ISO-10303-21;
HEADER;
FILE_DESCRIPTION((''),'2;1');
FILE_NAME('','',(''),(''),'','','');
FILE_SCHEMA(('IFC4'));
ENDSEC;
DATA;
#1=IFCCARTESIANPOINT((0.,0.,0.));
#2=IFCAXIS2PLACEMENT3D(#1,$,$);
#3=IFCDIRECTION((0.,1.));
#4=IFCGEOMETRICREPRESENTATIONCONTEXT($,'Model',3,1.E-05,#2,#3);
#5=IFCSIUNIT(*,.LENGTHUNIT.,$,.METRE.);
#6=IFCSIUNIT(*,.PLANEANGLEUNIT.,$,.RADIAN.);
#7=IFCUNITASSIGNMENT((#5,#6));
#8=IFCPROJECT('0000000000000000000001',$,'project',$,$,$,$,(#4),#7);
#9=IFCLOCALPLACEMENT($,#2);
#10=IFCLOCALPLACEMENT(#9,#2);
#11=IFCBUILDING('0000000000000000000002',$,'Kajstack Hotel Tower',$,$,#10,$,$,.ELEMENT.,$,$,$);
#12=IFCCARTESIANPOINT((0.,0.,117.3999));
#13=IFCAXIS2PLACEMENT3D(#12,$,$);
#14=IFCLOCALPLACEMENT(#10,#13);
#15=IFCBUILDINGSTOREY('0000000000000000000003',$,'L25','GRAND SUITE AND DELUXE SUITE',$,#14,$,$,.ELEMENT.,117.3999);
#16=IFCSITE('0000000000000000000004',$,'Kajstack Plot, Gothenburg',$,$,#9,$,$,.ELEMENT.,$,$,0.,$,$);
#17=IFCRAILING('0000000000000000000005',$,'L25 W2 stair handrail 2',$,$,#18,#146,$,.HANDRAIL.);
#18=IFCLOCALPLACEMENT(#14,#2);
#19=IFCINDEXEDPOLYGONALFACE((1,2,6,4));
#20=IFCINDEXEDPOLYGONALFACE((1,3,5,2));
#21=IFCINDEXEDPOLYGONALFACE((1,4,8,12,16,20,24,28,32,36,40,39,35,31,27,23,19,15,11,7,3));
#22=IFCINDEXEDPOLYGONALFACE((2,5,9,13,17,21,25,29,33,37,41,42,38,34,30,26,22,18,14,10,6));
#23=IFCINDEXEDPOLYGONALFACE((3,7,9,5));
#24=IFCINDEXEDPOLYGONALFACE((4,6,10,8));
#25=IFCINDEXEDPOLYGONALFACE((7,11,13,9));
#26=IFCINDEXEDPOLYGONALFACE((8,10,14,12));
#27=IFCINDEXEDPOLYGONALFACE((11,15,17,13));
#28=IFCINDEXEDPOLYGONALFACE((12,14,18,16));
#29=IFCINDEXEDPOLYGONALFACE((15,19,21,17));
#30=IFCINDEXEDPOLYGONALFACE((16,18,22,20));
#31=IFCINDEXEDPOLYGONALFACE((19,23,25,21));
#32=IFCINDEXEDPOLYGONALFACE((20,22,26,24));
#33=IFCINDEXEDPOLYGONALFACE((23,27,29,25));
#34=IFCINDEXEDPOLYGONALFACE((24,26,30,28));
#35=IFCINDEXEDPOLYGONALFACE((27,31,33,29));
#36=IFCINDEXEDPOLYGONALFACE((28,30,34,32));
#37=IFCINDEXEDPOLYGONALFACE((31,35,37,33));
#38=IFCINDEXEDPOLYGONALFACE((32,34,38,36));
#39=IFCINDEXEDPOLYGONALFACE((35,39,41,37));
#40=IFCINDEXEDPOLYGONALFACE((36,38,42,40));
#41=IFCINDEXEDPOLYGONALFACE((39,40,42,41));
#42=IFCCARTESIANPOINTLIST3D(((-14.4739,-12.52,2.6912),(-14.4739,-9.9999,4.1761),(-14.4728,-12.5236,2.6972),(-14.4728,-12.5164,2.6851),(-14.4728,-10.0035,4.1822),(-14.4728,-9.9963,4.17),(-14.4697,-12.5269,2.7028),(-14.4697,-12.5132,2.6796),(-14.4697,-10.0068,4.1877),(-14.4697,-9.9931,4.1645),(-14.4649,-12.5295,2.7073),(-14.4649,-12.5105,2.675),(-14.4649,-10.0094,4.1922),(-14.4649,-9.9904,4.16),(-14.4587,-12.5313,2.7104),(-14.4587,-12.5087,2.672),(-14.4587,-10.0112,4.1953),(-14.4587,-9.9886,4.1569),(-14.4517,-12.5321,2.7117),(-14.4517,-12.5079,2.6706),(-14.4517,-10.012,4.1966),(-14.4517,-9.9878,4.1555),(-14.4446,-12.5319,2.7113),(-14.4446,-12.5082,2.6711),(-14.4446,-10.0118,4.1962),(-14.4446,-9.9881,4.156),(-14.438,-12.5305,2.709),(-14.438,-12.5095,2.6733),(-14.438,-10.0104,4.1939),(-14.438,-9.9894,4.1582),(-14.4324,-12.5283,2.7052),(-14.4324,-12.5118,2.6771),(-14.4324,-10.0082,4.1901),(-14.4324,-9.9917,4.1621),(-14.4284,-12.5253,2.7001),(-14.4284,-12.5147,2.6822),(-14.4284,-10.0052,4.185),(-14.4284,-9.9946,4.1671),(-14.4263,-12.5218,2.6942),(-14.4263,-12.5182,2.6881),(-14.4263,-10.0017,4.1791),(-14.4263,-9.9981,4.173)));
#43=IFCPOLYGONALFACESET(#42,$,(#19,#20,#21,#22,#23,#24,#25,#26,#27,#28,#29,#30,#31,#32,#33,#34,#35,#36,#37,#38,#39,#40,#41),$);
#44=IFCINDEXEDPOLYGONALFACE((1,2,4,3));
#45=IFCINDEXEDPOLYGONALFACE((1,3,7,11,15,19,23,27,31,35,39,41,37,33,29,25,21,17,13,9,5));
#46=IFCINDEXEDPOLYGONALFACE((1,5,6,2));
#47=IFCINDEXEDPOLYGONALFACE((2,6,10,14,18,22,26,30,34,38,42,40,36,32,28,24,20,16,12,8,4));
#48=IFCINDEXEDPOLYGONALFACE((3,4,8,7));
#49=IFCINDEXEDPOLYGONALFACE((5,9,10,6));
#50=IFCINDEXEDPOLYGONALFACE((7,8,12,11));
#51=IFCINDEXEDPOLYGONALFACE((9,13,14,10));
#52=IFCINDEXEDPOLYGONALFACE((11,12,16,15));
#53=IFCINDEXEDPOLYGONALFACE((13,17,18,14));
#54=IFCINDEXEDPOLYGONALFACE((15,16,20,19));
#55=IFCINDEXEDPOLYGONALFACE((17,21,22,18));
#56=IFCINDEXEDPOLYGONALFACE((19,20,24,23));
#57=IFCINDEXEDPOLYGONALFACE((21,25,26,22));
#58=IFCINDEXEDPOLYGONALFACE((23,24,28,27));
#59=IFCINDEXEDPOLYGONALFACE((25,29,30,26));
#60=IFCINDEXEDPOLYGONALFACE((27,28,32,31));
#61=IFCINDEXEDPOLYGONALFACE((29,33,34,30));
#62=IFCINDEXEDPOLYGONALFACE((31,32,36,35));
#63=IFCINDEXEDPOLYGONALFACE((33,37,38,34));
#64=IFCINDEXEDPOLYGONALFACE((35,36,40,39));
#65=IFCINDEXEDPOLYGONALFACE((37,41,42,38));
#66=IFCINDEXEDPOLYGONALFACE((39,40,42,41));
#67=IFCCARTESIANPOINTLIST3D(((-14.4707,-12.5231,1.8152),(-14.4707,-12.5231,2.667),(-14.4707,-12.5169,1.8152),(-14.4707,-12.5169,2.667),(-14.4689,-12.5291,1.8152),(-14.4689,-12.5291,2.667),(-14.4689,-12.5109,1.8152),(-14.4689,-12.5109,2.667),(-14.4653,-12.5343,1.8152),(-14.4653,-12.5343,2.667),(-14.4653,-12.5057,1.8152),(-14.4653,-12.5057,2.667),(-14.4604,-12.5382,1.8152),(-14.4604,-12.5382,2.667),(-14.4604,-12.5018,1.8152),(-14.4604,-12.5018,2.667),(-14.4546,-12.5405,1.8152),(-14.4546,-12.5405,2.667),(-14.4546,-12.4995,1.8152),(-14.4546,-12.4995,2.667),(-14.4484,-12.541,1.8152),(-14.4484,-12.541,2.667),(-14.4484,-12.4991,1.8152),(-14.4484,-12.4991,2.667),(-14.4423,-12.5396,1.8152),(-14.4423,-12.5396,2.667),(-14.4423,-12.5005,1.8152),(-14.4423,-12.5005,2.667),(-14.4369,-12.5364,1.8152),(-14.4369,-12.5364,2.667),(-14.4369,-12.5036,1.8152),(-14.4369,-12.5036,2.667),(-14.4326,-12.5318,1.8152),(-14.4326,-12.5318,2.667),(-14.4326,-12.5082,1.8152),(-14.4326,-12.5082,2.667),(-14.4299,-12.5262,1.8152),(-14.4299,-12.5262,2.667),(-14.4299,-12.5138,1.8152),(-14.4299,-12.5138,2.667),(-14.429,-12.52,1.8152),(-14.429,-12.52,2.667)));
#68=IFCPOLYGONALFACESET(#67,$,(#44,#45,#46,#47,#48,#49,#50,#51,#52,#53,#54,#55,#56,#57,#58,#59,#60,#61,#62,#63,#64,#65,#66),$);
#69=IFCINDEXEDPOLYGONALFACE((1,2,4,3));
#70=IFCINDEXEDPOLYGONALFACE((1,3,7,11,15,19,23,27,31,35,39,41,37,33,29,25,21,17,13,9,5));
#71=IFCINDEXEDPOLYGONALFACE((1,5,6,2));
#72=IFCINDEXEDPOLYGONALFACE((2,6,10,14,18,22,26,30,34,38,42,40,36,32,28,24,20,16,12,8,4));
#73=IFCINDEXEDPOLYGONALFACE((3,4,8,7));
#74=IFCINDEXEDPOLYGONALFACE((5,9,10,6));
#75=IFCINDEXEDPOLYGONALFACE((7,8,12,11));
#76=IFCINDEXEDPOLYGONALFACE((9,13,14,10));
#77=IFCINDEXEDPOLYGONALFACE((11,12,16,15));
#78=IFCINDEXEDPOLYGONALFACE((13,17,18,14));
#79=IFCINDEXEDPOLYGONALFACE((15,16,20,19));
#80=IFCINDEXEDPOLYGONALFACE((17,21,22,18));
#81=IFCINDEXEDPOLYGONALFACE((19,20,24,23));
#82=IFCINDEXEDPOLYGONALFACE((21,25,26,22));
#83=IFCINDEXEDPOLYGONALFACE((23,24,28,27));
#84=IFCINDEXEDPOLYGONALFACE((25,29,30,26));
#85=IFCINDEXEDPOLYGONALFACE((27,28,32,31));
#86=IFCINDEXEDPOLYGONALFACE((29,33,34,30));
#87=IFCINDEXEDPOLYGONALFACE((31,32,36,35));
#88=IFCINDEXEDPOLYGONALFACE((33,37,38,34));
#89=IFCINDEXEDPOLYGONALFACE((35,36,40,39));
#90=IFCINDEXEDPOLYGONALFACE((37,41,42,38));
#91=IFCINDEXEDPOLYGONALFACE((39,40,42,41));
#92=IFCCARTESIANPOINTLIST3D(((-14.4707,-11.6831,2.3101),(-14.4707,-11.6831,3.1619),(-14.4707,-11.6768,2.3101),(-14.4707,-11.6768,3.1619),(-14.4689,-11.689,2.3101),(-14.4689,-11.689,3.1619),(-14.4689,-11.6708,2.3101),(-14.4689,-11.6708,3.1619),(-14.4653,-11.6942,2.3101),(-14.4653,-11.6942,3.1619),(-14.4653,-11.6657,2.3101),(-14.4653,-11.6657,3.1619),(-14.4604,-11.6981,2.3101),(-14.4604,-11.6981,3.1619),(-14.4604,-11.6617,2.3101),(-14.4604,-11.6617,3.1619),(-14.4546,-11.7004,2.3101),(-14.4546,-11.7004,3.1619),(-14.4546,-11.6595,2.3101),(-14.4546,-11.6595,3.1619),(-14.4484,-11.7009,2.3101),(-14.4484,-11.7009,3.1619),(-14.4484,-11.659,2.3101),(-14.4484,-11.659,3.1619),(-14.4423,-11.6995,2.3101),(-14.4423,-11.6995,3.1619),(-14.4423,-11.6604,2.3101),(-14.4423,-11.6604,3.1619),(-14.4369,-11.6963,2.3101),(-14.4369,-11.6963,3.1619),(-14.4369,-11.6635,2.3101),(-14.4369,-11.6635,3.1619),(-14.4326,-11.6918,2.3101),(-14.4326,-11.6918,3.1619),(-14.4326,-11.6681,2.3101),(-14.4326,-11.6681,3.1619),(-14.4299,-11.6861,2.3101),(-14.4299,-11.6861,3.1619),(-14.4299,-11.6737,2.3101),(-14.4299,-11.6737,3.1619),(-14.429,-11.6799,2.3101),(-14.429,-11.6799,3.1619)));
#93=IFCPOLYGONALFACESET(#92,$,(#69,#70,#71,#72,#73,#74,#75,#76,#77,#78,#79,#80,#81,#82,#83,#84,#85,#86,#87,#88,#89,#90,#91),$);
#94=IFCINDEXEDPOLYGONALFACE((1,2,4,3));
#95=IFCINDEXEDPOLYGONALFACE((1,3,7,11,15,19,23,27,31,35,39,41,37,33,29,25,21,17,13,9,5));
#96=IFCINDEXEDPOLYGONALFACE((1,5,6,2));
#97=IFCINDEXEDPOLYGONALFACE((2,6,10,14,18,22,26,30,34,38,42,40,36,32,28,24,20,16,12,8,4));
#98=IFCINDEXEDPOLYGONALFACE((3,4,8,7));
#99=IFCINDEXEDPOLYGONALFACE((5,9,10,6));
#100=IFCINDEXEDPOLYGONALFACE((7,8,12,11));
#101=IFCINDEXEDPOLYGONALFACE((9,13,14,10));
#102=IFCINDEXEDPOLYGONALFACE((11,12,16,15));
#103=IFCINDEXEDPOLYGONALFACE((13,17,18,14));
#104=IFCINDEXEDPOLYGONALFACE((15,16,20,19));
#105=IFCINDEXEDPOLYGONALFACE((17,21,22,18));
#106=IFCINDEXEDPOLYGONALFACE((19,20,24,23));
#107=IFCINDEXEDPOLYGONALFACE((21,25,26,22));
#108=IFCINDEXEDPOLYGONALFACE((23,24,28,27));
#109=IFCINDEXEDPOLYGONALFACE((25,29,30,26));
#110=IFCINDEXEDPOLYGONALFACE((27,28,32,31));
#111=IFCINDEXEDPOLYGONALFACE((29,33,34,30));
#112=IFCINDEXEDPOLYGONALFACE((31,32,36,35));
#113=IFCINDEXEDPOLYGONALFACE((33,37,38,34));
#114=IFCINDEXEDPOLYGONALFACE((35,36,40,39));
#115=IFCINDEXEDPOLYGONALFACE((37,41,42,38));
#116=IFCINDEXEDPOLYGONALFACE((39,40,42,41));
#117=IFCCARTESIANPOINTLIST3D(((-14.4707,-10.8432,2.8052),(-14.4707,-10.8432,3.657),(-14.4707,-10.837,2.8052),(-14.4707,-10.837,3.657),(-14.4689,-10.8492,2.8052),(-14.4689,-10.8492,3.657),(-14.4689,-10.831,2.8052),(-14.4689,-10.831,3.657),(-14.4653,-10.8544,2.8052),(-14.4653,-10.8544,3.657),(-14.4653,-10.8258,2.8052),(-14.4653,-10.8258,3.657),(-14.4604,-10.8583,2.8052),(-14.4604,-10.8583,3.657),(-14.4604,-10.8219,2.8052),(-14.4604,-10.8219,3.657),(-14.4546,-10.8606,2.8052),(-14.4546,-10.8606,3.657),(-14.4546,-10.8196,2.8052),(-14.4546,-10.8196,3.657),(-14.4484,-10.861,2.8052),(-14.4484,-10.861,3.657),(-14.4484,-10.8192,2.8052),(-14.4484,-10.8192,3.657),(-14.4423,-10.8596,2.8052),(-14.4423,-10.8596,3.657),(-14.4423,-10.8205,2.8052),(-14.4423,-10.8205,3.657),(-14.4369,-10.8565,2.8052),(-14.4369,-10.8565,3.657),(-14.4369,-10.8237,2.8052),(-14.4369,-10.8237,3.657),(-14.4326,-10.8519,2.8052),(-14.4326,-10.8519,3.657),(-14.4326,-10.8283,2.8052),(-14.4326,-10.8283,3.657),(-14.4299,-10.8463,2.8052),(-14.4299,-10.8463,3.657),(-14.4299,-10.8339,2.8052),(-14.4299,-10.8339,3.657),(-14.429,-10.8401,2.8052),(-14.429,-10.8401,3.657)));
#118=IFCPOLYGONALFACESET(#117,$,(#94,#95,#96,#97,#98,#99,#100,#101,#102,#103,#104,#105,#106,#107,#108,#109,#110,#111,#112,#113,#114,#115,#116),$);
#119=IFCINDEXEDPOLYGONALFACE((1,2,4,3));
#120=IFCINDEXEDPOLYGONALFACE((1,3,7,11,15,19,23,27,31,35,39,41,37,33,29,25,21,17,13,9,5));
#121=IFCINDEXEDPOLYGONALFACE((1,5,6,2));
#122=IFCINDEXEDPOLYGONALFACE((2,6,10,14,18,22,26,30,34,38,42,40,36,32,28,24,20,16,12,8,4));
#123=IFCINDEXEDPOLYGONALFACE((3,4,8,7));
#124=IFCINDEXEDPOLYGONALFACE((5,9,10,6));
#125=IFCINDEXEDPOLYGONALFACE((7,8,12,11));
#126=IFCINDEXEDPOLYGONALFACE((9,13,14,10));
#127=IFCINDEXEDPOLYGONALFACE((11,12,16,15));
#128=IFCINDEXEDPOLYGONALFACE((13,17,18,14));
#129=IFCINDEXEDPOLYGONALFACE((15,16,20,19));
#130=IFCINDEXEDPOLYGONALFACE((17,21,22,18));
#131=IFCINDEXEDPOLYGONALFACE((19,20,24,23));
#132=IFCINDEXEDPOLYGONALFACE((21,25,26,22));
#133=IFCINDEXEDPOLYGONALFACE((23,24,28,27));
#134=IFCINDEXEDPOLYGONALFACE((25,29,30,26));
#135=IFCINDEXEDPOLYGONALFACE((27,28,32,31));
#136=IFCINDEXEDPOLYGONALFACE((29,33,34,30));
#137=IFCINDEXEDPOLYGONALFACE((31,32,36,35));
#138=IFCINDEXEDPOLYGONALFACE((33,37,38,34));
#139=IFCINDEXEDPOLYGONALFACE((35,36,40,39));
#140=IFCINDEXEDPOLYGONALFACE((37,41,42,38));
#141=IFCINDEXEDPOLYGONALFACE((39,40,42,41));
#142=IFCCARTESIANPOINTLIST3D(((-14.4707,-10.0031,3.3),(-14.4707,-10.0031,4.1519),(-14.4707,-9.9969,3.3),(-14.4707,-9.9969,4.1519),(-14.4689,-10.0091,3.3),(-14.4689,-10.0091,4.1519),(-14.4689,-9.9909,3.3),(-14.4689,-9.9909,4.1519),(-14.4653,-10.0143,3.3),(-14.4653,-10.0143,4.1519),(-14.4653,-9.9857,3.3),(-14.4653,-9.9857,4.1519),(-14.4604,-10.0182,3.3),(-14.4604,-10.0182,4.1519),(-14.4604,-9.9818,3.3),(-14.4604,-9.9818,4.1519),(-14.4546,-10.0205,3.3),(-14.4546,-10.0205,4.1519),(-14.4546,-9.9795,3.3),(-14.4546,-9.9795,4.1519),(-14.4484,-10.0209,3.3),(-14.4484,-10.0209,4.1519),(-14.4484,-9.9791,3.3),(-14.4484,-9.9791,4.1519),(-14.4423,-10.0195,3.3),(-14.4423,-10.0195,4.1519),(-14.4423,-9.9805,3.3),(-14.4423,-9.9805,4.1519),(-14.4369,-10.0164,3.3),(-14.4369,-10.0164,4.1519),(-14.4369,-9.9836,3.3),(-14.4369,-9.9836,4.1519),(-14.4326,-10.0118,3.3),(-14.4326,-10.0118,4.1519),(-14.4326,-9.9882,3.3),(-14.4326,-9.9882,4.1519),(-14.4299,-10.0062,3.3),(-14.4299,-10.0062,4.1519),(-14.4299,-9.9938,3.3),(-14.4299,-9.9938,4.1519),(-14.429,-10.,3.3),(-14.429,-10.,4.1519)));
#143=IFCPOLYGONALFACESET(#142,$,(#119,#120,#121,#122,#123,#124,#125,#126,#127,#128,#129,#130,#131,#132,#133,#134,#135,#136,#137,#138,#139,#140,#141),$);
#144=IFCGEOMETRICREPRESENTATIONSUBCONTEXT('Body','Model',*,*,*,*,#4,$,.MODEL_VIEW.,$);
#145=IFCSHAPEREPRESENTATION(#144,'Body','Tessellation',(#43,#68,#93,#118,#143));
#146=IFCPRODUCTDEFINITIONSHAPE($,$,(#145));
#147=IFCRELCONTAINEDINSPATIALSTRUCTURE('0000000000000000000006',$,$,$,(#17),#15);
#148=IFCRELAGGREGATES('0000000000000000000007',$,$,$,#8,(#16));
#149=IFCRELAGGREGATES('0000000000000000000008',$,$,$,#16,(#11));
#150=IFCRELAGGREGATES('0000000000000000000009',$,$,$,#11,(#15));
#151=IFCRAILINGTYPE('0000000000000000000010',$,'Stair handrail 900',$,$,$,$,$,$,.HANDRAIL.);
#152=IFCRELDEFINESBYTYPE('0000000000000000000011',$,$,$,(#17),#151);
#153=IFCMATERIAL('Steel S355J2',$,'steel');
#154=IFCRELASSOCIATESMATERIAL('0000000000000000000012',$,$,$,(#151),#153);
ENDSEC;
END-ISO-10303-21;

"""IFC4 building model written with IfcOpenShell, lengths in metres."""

from ifc_helpers import new_model, si_unit, direction, frame, origin, origin_2d, place, context, subcontext, project, spatial, circle, extrude, material, type_object, element, save


model = new_model("IFC4")

# Units and contexts
model_context = context("Model", 3, precision=1e-05, world=origin(), true_north=direction((0.0, 1.0)))
body_context = subcontext(model_context, "Body", "Model", "MODEL_VIEW")
ifc_project = project(units=[si_unit("LENGTHUNIT", "METRE"), si_unit("PLANEANGLEUNIT", "RADIAN")], contexts=[model_context])

# Site, building, storey
site_placement = place(None, origin())
site = spatial("IfcSite", under=ifc_project, at=site_placement, Name="Kajstack Plot, Gothenburg", CompositionType="ELEMENT", RefElevation=0.0)
building_placement = place(site_placement, origin())
building = spatial("IfcBuilding", under=site, at=building_placement, Name="Kajstack Hotel Tower", CompositionType="ELEMENT")
storey_placement = place(building_placement, frame((0.0, 0.0, 117.3999)))
storey = spatial("IfcBuildingStorey", under=building, at=storey_placement, Name="L25", Description="GRAND SUITE AND DELUXE SUITE", CompositionType="ELEMENT", Elevation=117.3999)

# Railing
ifc_material_1 = material(Name="Steel S355J2", Category="steel")
railing_type_1 = type_object("IfcRailingType", Name="Stair handrail 900", PredefinedType="HANDRAIL", material=ifc_material_1)
railing_1_placement = place(storey_placement, frame((-14.45, -12.52, 1.8152)))
element("IfcRailing", 1, at=railing_1_placement, inside=storey, type_object=railing_type_1, Name="L25 W2 stair handrail 2", PredefinedType="HANDRAIL", context=body_context, shape_type="SweptSolid", body=[
    extrude(circle(Radius=0.0239, at=origin_2d()), frame((0.0, 0.0, 0.876), z_axis=(0.0, 0.861561, 0.507655), x_axis=(-1.0, 0.0, 0.0)), (0.0, 0.0, 1.0), 2.925),
    extrude(circle(Radius=0.021, at=origin_2d()), origin(), (0.0, 0.0, 1.0), 0.8518),
    extrude(circle(Radius=0.021, at=origin_2d()), frame((0.0, 0.8401, 0.4949)), (0.0, 0.0, 1.0), 0.8518),
    extrude(circle(Radius=0.021, at=origin_2d()), frame((0.0, 1.6799, 0.99)), (0.0, 0.0, 1.0), 0.8518),
    extrude(circle(Radius=0.021, at=origin_2d()), frame((0.0, 2.52, 1.4849)), (0.0, 0.0, 1.0), 0.8518),
])

save(model, "model.ifc")
